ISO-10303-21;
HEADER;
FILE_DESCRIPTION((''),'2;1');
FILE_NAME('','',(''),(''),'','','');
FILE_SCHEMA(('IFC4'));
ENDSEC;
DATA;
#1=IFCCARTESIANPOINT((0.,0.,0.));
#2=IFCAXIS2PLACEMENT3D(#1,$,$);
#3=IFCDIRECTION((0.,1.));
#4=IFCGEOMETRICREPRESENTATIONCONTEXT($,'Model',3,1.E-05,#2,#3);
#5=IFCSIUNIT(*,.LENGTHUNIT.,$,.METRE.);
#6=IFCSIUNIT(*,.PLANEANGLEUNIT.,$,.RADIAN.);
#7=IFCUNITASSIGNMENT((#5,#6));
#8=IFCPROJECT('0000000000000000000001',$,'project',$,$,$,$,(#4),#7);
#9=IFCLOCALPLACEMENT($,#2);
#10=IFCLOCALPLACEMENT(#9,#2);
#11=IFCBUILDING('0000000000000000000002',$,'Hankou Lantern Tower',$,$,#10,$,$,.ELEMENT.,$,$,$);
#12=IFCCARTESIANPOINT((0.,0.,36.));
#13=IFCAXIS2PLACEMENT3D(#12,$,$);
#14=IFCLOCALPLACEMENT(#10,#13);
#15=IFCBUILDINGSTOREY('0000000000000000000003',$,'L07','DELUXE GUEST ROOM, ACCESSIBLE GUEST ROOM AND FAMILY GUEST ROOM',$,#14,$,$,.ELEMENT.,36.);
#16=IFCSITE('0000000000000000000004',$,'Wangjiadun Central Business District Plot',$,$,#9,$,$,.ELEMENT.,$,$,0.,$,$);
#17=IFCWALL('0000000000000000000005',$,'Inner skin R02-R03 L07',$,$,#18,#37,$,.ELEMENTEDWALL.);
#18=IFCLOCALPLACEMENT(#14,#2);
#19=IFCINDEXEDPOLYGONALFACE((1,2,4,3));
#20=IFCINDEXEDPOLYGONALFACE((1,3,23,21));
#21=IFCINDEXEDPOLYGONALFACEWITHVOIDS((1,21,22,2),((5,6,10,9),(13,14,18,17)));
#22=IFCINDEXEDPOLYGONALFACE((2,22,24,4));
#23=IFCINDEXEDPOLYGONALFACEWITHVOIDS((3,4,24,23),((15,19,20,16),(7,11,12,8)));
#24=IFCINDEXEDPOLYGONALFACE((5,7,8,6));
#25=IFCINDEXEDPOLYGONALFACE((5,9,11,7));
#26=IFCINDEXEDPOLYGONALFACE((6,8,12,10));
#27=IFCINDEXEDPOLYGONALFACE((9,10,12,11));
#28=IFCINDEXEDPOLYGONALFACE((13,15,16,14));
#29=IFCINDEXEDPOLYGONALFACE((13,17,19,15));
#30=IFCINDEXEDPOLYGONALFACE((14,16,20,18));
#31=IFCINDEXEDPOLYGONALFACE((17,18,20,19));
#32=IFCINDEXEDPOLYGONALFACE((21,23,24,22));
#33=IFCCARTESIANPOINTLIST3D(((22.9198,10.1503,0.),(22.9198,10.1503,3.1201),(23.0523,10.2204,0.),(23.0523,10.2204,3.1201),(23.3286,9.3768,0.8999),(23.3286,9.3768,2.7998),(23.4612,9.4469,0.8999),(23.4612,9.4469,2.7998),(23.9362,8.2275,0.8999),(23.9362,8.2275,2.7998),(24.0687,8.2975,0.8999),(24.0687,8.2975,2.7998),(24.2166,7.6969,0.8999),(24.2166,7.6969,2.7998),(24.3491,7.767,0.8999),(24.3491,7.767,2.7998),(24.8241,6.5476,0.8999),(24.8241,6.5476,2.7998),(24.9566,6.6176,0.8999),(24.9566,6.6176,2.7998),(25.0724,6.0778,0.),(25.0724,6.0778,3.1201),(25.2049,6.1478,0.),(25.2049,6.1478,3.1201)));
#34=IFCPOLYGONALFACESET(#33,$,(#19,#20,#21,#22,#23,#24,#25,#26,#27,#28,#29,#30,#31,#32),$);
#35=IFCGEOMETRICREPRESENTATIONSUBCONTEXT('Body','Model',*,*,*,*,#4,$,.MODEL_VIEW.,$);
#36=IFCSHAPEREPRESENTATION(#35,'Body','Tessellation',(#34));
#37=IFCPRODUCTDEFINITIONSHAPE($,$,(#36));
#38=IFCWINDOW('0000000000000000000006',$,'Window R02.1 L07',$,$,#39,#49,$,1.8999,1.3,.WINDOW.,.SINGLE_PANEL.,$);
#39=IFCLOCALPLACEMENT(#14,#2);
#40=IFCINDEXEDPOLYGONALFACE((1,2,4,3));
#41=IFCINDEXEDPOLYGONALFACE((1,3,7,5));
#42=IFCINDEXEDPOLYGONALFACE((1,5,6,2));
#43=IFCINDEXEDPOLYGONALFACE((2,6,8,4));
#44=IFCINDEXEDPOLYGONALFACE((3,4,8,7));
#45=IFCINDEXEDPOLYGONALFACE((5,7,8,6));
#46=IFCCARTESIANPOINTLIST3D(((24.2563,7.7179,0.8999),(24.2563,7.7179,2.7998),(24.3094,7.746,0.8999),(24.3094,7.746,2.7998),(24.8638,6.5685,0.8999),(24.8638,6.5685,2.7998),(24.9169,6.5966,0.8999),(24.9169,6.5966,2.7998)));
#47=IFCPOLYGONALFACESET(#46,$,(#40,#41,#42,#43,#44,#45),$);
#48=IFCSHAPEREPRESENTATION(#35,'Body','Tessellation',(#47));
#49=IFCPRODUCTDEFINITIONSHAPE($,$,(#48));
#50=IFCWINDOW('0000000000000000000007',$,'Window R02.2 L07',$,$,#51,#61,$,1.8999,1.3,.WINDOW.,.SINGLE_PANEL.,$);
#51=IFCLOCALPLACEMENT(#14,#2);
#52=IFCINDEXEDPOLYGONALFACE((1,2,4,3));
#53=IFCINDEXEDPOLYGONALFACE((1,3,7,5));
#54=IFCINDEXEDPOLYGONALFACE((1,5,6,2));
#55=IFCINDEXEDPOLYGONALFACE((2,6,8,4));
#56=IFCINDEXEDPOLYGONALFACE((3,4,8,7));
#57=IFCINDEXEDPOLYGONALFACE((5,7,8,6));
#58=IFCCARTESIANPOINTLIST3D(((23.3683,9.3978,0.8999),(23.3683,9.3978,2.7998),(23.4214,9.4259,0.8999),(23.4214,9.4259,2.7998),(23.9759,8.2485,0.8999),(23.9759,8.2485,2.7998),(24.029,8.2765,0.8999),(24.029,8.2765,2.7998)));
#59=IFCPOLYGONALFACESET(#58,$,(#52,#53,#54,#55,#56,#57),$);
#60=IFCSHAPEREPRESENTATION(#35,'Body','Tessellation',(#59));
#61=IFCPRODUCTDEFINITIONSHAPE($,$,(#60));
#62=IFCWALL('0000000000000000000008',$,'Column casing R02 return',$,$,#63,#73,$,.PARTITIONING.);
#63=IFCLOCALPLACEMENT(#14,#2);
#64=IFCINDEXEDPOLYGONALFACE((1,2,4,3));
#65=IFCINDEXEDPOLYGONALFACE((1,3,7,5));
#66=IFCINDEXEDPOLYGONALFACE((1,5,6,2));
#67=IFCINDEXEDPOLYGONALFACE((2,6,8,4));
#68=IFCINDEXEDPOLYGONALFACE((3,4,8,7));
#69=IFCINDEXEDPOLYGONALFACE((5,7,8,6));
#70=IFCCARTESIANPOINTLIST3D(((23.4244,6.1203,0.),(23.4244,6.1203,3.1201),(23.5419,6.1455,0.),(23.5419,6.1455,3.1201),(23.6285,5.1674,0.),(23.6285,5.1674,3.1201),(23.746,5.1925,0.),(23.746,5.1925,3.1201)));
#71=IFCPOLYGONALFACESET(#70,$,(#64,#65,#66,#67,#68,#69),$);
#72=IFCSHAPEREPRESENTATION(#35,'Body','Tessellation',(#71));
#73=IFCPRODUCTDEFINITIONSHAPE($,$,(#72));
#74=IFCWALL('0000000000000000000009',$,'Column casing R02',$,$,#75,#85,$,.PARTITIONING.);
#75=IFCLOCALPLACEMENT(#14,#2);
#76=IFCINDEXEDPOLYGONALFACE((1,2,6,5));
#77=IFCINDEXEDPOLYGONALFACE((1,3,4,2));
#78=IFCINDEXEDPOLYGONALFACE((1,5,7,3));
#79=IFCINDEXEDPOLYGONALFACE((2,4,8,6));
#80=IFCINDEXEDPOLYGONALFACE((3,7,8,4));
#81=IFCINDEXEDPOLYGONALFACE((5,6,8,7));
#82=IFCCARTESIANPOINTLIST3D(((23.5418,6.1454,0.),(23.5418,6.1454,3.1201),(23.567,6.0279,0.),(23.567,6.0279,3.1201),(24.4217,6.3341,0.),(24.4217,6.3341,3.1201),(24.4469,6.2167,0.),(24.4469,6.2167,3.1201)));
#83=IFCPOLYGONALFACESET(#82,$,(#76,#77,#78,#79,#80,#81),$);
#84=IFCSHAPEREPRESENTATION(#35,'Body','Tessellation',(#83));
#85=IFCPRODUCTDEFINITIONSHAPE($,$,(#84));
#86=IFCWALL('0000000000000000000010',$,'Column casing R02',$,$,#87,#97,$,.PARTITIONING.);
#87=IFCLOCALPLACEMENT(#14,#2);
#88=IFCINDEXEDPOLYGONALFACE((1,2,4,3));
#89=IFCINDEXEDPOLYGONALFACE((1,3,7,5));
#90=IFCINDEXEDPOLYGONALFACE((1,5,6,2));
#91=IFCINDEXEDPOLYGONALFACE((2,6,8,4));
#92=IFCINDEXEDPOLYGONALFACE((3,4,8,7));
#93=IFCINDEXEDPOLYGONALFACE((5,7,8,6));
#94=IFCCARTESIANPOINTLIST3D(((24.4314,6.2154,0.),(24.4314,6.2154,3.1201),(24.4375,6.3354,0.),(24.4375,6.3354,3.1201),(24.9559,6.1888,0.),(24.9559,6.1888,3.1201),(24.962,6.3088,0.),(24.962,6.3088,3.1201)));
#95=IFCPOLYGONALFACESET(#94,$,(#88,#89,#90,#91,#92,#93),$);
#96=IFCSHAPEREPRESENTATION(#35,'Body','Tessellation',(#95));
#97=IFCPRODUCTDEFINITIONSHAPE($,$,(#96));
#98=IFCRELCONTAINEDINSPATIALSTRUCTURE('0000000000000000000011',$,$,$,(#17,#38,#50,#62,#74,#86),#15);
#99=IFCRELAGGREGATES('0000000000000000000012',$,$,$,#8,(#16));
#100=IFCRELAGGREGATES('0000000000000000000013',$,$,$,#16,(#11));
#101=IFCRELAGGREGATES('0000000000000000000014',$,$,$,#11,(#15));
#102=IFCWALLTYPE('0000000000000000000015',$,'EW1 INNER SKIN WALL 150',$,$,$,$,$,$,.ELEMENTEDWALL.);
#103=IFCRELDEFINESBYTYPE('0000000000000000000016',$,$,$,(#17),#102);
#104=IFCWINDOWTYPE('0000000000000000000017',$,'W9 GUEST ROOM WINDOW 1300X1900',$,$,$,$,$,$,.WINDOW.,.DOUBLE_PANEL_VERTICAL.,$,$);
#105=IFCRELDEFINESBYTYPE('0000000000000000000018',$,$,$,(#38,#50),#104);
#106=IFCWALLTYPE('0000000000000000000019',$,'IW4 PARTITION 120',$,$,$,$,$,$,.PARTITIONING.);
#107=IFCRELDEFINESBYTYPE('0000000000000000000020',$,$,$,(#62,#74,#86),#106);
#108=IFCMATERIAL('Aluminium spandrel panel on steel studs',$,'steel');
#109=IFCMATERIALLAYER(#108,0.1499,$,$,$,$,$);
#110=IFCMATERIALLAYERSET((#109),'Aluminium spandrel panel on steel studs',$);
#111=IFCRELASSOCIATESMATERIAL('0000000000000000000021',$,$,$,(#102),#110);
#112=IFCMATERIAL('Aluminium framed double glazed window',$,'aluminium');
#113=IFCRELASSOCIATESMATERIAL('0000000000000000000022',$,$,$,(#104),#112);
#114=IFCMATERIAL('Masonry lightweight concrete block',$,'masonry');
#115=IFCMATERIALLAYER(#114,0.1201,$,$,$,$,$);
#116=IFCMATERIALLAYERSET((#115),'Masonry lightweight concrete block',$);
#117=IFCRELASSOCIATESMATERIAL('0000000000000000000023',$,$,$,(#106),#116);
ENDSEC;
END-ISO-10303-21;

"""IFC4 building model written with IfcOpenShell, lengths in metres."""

from ifc_helpers import new_model, si_unit, direction, frame, frame_2d, origin, place, context, subcontext, project, spatial, rectangle, extrude, material, layer, layer_set, type_object, element, fill, save


model = new_model("IFC4")

# Units and contexts
model_context = context("Model", 3, precision=1e-05, world=origin(), true_north=direction((0.0, 1.0)))
body_context = subcontext(model_context, "Body", "Model", "MODEL_VIEW")
ifc_project = project(units=[si_unit("LENGTHUNIT", "METRE"), si_unit("PLANEANGLEUNIT", "RADIAN")], contexts=[model_context])

# Site, building, storey
site_placement = place(None, origin())
site = spatial("IfcSite", under=ifc_project, at=site_placement, Name="Wangjiadun Central Business District Plot", CompositionType="ELEMENT", RefElevation=0.0)
building_placement = place(site_placement, origin())
building = spatial("IfcBuilding", under=site, at=building_placement, Name="Hankou Lantern Tower", CompositionType="ELEMENT")
storey_placement = place(building_placement, frame((0.0, 0.0, 36.0)))
storey = spatial("IfcBuildingStorey", under=building, at=storey_placement, Name="L07", Description="DELUXE GUEST ROOM, ACCESSIBLE GUEST ROOM AND FAMILY GUEST ROOM", CompositionType="ELEMENT", Elevation=36.0)

# Wall, openings, windows
ifc_material_1 = material(Name="Aluminium spandrel panel on steel studs", Category="steel")
ifc_layer_1 = layer(ifc_material_1, 0.1499)
ifc_layer_set_1 = layer_set([ifc_layer_1], Name="Aluminium spandrel panel on steel studs")
wall_type_1 = type_object("IfcWallType", Name="EW1 INNER SKIN WALL 150", PredefinedType="ELEMENTEDWALL", material=ifc_layer_set_1)
ifc_material_2 = material(Name="Aluminium framed double glazed window", Category="aluminium")
window_type = type_object("IfcWindowType", Name="W9 GUEST ROOM WINDOW 1300X1900", PartitioningType="DOUBLE_PANEL_VERTICAL", PredefinedType="WINDOW", material=ifc_material_2)
wall_1_placement = place(storey_placement, frame((25.1387, 6.1128, 0.0), z_axis=(0.0, 0.0, 1.0), x_axis=(-0.467303, 0.884097, 0.0)))
wall_1 = element("IfcWall", 1, at=wall_1_placement, inside=storey, type_object=wall_type_1, Name="Inner skin R02-R03 L07", PredefinedType="ELEMENTEDWALL", context=body_context, shape_type="SweptSolid", body=[
    extrude(rectangle(XDim=4.6064, YDim=0.1499, at=frame_2d((2.3032, 0.0))), origin(), (0.0, 0.0, 1.0), 3.1201),
])
opening_1_placement = place(wall_1_placement, frame((0.5315, 0.0, 0.8999)))
opening_1 = element("IfcOpeningElement", 2, at=opening_1_placement, cuts=wall_1, PredefinedType="OPENING", context=body_context, shape_type="SweptSolid", body=[
    extrude(rectangle(XDim=1.3, YDim=1.8999, at=frame_2d((0.6499, 0.95))), frame((0.0, 0.085, 0.0), z_axis=(0.0, -1.0, 0.0), x_axis=(1.0, 0.0, 0.0)), (0.0, 0.0, 1.0), 0.1699),
])
opening_2_placement = place(wall_1_placement, frame((2.4316, 0.0, 0.8999)))
opening_2 = element("IfcOpeningElement", 3, at=opening_2_placement, cuts=wall_1, PredefinedType="OPENING", context=body_context, shape_type="SweptSolid", body=[
    extrude(rectangle(XDim=1.3, YDim=1.8999, at=frame_2d((0.6499, 0.95))), frame((0.0, 0.085, 0.0), z_axis=(0.0, -1.0, 0.0), x_axis=(1.0, 0.0, 0.0)), (0.0, 0.0, 1.0), 0.1699),
])
window_1_placement = place(opening_1_placement, origin())
window_1 = element("IfcWindow", 4, at=window_1_placement, inside=storey, type_object=window_type, Name="Window R02.1 L07", OverallHeight=1.8999, OverallWidth=1.3, PartitioningType="SINGLE_PANEL", PredefinedType="WINDOW", context=body_context, shape_type="SweptSolid", body=[
    extrude(rectangle(XDim=1.3, YDim=1.8999, at=frame_2d((0.6499, 0.95))), frame((0.0, 0.03, 0.0), z_axis=(0.0, -1.0, 0.0), x_axis=(1.0, 0.0, 0.0)), (0.0, 0.0, 1.0), 0.0601),
])
fill(opening_1, window_1)
window_2_placement = place(opening_2_placement, origin())
window_2 = element("IfcWindow", 5, at=window_2_placement, inside=storey, type_object=window_type, Name="Window R02.2 L07", OverallHeight=1.8999, OverallWidth=1.3, PartitioningType="SINGLE_PANEL", PredefinedType="WINDOW", context=body_context, shape_type="SweptSolid", body=[
    extrude(rectangle(XDim=1.3, YDim=1.8999, at=frame_2d((0.6499, 0.95))), frame((0.0, 0.03, 0.0), z_axis=(0.0, -1.0, 0.0), x_axis=(1.0, 0.0, 0.0)), (0.0, 0.0, 1.0), 0.0601),
])
fill(opening_2, window_2)

# Walls
ifc_material_3 = material(Name="Masonry lightweight concrete block", Category="masonry")
ifc_layer_2 = layer(ifc_material_3, 0.1201)
ifc_layer_set_2 = layer_set([ifc_layer_2], Name="Masonry lightweight concrete block")
wall_type_2 = type_object("IfcWallType", Name="IW4 PARTITION 120", PredefinedType="PARTITIONING", material=ifc_layer_set_2)
wall_2_placement = place(storey_placement, frame((23.6873, 5.1799, 0.0), z_axis=(0.0, 0.0, 1.0), x_axis=(-0.209444, 0.977821, 0.0)))
element("IfcWall", 6, at=wall_2_placement, inside=storey, type_object=wall_type_2, Name="Column casing R02 return", PredefinedType="PARTITIONING", context=body_context, shape_type="SweptSolid", body=[
    extrude(rectangle(XDim=0.9746, YDim=0.1201, at=frame_2d((0.4873, 0.0))), origin(), (0.0, 0.0, 1.0), 3.1201),
])
wall_3_placement = place(storey_placement, frame((23.5544, 6.0867, 0.0), z_axis=(0.0, 0.0, 1.0), x_axis=(0.977763, 0.209714, 0.0)))
element("IfcWall", 7, at=wall_3_placement, inside=storey, type_object=wall_type_2, Name="Column casing R02", PredefinedType="PARTITIONING", context=body_context, shape_type="SweptSolid", body=[
    extrude(rectangle(XDim=0.8999, YDim=0.1201, at=frame_2d((0.45, 0.0))), origin(), (0.0, 0.0, 1.0), 3.1201),
])
wall_4_placement = place(storey_placement, frame((24.4343, 6.2754, 0.0), z_axis=(0.0, 0.0, 1.0), x_axis=(0.998715, -0.05068, 0.0)))
element("IfcWall", 8, at=wall_4_placement, inside=storey, type_object=wall_type_2, Name="Column casing R02", PredefinedType="PARTITIONING", context=body_context, shape_type="SweptSolid", body=[
    extrude(rectangle(XDim=0.5251, YDim=0.1201, at=frame_2d((0.2627, 0.0))), origin(), (0.0, 0.0, 1.0), 3.1201),
])

save(model, "model.ifc")
